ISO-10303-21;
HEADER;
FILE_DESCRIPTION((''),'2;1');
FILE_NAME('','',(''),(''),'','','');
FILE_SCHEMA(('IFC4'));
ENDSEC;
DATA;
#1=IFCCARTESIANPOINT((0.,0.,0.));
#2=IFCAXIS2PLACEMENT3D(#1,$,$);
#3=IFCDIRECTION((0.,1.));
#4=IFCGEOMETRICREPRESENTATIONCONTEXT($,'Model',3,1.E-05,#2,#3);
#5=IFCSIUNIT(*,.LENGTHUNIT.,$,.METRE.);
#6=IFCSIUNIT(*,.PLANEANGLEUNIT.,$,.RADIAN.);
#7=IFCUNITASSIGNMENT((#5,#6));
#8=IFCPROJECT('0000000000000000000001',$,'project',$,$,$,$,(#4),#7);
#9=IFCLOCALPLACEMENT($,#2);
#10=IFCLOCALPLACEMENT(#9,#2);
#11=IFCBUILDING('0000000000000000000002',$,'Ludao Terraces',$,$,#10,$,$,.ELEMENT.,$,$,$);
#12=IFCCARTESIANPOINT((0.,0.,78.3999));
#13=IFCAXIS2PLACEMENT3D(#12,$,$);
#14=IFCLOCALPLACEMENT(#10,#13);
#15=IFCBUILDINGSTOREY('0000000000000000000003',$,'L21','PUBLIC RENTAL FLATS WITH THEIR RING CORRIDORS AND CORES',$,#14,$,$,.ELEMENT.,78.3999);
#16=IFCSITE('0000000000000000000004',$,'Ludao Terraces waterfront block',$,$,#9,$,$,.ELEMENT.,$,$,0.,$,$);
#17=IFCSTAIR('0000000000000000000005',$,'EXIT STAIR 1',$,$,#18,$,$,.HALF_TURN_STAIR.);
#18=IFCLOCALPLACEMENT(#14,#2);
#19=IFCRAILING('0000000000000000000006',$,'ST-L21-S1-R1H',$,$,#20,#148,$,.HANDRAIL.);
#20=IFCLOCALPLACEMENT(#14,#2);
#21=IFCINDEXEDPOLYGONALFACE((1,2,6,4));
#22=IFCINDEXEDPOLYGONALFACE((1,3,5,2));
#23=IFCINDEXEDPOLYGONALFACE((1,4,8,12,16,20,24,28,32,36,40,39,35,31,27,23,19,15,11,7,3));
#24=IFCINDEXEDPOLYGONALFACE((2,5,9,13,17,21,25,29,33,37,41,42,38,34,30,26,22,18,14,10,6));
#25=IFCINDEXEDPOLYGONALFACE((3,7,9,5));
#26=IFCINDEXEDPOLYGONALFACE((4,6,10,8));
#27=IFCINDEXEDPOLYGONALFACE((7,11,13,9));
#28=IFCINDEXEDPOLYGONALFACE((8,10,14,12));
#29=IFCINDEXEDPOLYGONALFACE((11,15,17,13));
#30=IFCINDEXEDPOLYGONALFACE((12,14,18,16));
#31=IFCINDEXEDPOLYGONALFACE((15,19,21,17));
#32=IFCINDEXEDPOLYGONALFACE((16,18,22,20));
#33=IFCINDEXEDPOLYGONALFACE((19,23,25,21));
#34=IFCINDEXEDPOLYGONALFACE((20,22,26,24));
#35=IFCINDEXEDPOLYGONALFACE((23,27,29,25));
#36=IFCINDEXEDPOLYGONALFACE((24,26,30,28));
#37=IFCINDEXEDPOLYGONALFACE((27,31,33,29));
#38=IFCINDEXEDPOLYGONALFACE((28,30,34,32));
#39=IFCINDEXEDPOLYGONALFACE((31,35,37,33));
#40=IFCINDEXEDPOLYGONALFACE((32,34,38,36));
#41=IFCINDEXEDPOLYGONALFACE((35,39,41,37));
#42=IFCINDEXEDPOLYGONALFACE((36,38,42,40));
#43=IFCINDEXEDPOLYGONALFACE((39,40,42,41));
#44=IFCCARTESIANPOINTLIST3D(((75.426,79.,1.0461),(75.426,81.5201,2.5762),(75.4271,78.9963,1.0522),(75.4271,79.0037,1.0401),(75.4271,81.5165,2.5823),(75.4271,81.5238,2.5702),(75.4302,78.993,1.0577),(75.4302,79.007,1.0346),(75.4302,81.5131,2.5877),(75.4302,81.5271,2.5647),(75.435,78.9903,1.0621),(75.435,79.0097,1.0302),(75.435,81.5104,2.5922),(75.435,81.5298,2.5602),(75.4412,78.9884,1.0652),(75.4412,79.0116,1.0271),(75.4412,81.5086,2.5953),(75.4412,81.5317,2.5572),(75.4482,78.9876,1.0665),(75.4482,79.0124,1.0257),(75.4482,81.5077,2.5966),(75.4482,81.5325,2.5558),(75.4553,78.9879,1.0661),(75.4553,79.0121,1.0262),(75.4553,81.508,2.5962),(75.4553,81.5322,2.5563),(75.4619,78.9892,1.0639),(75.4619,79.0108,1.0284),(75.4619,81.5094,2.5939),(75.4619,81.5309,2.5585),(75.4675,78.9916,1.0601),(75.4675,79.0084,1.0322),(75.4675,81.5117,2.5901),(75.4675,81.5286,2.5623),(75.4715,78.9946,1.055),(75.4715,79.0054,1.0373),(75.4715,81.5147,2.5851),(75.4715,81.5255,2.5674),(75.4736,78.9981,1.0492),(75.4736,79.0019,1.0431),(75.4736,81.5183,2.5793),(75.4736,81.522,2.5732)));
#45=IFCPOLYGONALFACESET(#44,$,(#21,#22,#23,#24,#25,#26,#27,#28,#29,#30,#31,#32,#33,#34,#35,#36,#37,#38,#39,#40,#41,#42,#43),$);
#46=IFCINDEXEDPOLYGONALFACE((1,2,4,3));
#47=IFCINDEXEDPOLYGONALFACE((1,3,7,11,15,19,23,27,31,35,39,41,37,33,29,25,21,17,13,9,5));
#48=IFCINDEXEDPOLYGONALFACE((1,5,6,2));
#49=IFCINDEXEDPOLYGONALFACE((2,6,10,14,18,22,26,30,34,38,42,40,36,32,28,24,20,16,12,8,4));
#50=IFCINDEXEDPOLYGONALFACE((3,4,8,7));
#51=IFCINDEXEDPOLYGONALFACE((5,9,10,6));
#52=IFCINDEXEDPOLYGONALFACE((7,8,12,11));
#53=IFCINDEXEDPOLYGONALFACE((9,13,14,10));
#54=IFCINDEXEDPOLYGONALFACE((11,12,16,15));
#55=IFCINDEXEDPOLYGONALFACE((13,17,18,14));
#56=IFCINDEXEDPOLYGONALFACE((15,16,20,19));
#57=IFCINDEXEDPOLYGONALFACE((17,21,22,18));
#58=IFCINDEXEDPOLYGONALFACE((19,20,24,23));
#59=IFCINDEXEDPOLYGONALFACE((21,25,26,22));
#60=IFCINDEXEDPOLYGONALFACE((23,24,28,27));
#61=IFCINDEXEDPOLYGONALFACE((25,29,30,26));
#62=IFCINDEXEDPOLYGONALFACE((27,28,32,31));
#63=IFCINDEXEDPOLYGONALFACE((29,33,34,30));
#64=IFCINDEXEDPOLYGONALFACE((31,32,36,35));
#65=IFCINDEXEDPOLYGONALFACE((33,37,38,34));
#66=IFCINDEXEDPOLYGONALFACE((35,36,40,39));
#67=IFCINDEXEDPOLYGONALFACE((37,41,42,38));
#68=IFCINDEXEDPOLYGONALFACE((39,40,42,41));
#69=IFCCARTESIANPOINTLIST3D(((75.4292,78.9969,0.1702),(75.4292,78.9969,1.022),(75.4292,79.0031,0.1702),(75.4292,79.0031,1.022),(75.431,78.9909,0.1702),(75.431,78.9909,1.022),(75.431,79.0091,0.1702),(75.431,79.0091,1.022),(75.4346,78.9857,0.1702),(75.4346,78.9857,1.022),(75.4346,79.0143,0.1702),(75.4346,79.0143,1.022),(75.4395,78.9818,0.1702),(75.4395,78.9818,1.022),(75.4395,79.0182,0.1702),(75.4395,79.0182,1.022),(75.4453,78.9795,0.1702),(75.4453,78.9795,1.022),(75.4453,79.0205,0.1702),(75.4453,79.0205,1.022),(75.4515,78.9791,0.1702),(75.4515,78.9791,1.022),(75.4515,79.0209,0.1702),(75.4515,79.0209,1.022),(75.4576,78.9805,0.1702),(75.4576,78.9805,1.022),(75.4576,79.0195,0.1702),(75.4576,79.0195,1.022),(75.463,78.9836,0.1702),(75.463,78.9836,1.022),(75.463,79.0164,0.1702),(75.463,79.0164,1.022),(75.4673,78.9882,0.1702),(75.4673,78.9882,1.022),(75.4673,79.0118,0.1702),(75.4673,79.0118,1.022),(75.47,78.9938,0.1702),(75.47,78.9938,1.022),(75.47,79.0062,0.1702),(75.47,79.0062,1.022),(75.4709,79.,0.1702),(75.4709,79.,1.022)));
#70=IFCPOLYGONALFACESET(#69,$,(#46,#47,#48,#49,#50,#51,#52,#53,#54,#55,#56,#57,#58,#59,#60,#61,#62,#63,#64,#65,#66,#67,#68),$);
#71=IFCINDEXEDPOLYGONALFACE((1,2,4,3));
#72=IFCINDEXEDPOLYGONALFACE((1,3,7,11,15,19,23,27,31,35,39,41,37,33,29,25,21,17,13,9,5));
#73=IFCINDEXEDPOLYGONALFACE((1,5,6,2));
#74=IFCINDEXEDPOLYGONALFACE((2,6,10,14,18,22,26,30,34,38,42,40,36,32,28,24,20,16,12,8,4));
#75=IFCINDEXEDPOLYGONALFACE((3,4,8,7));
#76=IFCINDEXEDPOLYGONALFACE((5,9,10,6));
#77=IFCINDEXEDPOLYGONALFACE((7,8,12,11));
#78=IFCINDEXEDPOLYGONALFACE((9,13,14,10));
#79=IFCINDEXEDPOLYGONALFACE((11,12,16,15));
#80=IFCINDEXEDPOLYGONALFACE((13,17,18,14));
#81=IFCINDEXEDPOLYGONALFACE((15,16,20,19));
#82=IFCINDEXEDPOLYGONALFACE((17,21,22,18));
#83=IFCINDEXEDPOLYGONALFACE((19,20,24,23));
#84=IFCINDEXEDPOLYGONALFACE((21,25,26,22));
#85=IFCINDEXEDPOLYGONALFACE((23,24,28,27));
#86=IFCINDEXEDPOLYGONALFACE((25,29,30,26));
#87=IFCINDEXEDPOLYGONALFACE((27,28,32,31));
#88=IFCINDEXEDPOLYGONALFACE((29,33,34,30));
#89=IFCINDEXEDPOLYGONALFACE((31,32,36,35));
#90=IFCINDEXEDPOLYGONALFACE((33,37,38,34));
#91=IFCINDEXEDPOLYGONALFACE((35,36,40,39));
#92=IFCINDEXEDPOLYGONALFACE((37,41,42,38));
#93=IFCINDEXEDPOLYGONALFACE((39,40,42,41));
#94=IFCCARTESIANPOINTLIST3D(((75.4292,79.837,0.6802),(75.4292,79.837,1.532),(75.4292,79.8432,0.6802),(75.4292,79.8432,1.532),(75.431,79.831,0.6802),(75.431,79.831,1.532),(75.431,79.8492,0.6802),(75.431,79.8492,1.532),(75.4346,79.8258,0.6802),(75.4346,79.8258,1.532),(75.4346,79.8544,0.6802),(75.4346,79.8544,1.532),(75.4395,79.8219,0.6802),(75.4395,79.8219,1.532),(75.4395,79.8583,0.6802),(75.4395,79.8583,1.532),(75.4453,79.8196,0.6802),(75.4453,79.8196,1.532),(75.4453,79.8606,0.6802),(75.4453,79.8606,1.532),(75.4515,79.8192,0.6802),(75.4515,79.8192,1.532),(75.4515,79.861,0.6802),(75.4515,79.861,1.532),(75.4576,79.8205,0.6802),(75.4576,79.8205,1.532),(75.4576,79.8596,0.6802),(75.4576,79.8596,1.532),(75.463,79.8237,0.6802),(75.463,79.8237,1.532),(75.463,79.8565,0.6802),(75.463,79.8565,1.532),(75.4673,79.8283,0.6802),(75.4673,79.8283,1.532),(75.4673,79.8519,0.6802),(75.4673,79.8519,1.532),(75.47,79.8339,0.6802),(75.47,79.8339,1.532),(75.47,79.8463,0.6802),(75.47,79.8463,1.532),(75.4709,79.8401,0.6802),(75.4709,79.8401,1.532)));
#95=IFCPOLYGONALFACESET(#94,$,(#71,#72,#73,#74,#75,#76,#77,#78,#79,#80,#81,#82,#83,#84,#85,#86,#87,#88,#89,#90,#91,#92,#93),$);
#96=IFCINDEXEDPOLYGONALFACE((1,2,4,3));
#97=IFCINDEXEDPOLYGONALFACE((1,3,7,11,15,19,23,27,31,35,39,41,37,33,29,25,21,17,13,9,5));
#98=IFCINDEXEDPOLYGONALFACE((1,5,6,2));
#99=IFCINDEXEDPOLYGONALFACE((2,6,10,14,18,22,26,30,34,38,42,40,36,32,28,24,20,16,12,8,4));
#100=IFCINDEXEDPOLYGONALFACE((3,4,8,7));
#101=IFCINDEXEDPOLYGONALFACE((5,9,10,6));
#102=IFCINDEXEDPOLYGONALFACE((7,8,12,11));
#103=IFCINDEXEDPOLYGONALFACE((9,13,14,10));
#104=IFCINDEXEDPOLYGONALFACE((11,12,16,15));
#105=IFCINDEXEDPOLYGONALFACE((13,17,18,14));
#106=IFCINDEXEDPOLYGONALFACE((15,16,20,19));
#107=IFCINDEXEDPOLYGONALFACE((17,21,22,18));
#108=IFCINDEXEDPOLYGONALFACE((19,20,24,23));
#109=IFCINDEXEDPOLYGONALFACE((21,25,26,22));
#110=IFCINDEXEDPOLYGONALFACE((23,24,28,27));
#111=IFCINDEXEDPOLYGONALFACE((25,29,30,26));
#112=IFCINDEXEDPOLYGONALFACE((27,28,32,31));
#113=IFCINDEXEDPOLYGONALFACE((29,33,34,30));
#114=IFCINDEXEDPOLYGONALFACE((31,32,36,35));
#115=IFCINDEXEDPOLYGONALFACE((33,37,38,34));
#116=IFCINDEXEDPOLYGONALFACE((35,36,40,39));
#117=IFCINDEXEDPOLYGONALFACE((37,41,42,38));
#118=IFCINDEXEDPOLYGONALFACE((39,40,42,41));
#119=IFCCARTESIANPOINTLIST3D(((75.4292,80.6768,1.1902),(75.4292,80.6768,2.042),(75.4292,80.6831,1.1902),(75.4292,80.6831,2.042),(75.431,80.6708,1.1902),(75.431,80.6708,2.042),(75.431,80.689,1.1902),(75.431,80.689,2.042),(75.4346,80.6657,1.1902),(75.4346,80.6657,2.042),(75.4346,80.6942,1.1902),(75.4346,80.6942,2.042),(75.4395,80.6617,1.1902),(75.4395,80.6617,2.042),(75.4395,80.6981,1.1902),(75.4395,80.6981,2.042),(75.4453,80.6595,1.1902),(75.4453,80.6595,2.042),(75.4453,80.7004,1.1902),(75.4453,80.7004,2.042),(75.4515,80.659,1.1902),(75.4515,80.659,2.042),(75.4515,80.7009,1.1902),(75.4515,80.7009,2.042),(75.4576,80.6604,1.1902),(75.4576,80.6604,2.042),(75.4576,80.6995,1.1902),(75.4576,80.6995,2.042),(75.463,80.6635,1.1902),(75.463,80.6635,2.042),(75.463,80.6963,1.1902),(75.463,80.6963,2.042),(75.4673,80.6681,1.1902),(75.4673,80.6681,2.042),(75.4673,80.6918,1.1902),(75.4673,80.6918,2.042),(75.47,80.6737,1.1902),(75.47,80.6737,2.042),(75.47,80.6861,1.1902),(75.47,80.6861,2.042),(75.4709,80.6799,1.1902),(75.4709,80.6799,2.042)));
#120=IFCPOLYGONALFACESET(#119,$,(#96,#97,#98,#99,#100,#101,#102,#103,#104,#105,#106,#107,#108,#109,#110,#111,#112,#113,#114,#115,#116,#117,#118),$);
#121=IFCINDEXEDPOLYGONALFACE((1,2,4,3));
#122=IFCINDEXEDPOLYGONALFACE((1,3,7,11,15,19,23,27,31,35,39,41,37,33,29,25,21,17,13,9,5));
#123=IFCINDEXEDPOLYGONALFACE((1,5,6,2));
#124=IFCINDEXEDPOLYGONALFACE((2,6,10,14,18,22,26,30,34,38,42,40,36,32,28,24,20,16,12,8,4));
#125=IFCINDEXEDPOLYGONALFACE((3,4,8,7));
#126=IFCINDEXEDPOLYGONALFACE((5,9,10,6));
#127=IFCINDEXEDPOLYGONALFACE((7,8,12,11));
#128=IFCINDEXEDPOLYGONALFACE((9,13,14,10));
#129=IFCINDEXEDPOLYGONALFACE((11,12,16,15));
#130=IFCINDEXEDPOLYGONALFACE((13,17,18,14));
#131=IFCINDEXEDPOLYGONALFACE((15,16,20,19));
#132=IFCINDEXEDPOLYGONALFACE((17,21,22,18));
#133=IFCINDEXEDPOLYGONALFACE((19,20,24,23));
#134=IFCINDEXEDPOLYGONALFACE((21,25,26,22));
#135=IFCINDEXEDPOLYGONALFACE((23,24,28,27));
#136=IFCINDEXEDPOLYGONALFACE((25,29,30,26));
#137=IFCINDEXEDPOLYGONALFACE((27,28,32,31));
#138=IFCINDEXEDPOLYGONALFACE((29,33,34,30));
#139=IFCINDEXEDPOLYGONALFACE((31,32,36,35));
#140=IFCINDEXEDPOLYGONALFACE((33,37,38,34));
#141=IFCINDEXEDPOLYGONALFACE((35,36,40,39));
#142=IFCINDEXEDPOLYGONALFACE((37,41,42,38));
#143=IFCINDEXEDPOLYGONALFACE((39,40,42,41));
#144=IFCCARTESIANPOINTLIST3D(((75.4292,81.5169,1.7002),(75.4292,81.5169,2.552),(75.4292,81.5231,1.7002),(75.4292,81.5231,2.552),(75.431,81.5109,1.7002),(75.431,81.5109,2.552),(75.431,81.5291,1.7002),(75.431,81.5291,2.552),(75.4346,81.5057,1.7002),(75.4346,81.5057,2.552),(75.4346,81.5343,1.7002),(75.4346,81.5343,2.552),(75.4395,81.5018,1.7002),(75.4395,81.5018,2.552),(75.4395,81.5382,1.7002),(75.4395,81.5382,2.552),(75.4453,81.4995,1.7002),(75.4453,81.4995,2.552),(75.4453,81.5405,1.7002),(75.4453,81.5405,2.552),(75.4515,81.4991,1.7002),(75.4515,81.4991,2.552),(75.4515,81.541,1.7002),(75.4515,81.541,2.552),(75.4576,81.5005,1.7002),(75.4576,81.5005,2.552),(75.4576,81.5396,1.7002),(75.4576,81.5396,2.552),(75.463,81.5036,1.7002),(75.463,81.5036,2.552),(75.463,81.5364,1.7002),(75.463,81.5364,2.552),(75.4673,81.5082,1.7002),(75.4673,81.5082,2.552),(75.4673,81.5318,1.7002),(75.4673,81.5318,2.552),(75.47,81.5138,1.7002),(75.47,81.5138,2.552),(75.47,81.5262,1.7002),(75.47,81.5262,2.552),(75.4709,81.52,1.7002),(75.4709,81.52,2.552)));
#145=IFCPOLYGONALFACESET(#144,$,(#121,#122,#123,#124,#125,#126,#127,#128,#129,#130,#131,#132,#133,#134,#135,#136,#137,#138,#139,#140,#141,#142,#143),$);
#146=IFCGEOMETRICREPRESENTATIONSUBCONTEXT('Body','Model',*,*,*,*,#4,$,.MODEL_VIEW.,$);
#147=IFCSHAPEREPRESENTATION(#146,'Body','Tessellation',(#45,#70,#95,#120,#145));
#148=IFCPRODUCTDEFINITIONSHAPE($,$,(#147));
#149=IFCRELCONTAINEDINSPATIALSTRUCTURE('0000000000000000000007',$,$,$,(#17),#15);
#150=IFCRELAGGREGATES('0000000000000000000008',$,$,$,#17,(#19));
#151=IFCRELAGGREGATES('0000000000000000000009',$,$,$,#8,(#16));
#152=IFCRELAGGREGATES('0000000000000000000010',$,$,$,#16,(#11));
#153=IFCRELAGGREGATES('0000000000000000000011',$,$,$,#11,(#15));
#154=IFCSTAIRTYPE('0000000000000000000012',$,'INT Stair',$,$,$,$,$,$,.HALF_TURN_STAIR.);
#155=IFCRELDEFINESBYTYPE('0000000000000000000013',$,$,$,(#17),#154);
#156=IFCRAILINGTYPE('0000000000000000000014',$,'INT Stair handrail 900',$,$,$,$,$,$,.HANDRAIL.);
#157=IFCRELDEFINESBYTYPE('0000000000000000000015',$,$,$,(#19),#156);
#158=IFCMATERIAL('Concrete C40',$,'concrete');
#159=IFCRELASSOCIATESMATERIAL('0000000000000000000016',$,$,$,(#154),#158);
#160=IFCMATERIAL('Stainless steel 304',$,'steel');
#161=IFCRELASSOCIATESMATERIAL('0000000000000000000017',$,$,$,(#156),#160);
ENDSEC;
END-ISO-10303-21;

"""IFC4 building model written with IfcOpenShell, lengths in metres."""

from ifc_helpers import new_model, si_unit, direction, frame, origin, origin_2d, place, context, subcontext, project, spatial, circle, extrude, material, type_object, element, aggregate, save


model = new_model("IFC4")

# Units and contexts
model_context = context("Model", 3, precision=1e-05, world=origin(), true_north=direction((0.0, 1.0)))
body_context = subcontext(model_context, "Body", "Model", "MODEL_VIEW")
ifc_project = project(units=[si_unit("LENGTHUNIT", "METRE"), si_unit("PLANEANGLEUNIT", "RADIAN")], contexts=[model_context])

# Site, building, storey
site_placement = place(None, origin())
site = spatial("IfcSite", under=ifc_project, at=site_placement, Name="Ludao Terraces waterfront block", CompositionType="ELEMENT", RefElevation=0.0)
building_placement = place(site_placement, origin())
building = spatial("IfcBuilding", under=site, at=building_placement, Name="Ludao Terraces", CompositionType="ELEMENT")
storey_placement = place(building_placement, frame((0.0, 0.0, 78.3999)))
storey = spatial("IfcBuildingStorey", under=building, at=storey_placement, Name="L21", Description="PUBLIC RENTAL FLATS WITH THEIR RING CORRIDORS AND CORES", CompositionType="ELEMENT", Elevation=78.3999)

# Shared definitions
ifc_material_1 = material(Name="Stainless steel 304", Category="steel")

# Stair, railing
ifc_material_2 = material(Name="Concrete C40", Category="concrete")
stair_type = type_object("IfcStairType", Name="INT Stair", PredefinedType="HALF_TURN_STAIR", material=ifc_material_2)
stair_placement = place(storey_placement, origin())
stair = element("IfcStair", 1, at=stair_placement, inside=storey, type_object=stair_type, Name="EXIT STAIR 1", PredefinedType="HALF_TURN_STAIR")
railing_type_1 = type_object("IfcRailingType", Name="INT Stair handrail 900", PredefinedType="HANDRAIL", material=ifc_material_1)
railing_1_placement = place(storey_placement, frame((75.45, 79.0, 0.1702)))
railing_1 = element("IfcRailing", 2, at=railing_1_placement, type_object=railing_type_1, Name="ST-L21-S1-R1H", PredefinedType="HANDRAIL", context=body_context, shape_type="SweptSolid", body=[
    extrude(circle(Radius=0.0239, at=origin_2d()), frame((0.0, 0.0, 0.876), z_axis=(0.0, 0.854785, 0.518982), x_axis=(-1.0, 0.0, 0.0)), (0.0, 0.0, 1.0), 2.9482),
    extrude(circle(Radius=0.021, at=origin_2d()), origin(), (0.0, 0.0, 1.0), 0.8518),
    extrude(circle(Radius=0.021, at=origin_2d()), frame((0.0, 0.8401, 0.51)), (0.0, 0.0, 1.0), 0.8518),
    extrude(circle(Radius=0.021, at=origin_2d()), frame((0.0, 1.6799, 1.02)), (0.0, 0.0, 1.0), 0.8518),
    extrude(circle(Radius=0.021, at=origin_2d()), frame((0.0, 2.52, 1.53)), (0.0, 0.0, 1.0), 0.8518),
])
aggregate(stair, [railing_1])

save(model, "model.ifc")
